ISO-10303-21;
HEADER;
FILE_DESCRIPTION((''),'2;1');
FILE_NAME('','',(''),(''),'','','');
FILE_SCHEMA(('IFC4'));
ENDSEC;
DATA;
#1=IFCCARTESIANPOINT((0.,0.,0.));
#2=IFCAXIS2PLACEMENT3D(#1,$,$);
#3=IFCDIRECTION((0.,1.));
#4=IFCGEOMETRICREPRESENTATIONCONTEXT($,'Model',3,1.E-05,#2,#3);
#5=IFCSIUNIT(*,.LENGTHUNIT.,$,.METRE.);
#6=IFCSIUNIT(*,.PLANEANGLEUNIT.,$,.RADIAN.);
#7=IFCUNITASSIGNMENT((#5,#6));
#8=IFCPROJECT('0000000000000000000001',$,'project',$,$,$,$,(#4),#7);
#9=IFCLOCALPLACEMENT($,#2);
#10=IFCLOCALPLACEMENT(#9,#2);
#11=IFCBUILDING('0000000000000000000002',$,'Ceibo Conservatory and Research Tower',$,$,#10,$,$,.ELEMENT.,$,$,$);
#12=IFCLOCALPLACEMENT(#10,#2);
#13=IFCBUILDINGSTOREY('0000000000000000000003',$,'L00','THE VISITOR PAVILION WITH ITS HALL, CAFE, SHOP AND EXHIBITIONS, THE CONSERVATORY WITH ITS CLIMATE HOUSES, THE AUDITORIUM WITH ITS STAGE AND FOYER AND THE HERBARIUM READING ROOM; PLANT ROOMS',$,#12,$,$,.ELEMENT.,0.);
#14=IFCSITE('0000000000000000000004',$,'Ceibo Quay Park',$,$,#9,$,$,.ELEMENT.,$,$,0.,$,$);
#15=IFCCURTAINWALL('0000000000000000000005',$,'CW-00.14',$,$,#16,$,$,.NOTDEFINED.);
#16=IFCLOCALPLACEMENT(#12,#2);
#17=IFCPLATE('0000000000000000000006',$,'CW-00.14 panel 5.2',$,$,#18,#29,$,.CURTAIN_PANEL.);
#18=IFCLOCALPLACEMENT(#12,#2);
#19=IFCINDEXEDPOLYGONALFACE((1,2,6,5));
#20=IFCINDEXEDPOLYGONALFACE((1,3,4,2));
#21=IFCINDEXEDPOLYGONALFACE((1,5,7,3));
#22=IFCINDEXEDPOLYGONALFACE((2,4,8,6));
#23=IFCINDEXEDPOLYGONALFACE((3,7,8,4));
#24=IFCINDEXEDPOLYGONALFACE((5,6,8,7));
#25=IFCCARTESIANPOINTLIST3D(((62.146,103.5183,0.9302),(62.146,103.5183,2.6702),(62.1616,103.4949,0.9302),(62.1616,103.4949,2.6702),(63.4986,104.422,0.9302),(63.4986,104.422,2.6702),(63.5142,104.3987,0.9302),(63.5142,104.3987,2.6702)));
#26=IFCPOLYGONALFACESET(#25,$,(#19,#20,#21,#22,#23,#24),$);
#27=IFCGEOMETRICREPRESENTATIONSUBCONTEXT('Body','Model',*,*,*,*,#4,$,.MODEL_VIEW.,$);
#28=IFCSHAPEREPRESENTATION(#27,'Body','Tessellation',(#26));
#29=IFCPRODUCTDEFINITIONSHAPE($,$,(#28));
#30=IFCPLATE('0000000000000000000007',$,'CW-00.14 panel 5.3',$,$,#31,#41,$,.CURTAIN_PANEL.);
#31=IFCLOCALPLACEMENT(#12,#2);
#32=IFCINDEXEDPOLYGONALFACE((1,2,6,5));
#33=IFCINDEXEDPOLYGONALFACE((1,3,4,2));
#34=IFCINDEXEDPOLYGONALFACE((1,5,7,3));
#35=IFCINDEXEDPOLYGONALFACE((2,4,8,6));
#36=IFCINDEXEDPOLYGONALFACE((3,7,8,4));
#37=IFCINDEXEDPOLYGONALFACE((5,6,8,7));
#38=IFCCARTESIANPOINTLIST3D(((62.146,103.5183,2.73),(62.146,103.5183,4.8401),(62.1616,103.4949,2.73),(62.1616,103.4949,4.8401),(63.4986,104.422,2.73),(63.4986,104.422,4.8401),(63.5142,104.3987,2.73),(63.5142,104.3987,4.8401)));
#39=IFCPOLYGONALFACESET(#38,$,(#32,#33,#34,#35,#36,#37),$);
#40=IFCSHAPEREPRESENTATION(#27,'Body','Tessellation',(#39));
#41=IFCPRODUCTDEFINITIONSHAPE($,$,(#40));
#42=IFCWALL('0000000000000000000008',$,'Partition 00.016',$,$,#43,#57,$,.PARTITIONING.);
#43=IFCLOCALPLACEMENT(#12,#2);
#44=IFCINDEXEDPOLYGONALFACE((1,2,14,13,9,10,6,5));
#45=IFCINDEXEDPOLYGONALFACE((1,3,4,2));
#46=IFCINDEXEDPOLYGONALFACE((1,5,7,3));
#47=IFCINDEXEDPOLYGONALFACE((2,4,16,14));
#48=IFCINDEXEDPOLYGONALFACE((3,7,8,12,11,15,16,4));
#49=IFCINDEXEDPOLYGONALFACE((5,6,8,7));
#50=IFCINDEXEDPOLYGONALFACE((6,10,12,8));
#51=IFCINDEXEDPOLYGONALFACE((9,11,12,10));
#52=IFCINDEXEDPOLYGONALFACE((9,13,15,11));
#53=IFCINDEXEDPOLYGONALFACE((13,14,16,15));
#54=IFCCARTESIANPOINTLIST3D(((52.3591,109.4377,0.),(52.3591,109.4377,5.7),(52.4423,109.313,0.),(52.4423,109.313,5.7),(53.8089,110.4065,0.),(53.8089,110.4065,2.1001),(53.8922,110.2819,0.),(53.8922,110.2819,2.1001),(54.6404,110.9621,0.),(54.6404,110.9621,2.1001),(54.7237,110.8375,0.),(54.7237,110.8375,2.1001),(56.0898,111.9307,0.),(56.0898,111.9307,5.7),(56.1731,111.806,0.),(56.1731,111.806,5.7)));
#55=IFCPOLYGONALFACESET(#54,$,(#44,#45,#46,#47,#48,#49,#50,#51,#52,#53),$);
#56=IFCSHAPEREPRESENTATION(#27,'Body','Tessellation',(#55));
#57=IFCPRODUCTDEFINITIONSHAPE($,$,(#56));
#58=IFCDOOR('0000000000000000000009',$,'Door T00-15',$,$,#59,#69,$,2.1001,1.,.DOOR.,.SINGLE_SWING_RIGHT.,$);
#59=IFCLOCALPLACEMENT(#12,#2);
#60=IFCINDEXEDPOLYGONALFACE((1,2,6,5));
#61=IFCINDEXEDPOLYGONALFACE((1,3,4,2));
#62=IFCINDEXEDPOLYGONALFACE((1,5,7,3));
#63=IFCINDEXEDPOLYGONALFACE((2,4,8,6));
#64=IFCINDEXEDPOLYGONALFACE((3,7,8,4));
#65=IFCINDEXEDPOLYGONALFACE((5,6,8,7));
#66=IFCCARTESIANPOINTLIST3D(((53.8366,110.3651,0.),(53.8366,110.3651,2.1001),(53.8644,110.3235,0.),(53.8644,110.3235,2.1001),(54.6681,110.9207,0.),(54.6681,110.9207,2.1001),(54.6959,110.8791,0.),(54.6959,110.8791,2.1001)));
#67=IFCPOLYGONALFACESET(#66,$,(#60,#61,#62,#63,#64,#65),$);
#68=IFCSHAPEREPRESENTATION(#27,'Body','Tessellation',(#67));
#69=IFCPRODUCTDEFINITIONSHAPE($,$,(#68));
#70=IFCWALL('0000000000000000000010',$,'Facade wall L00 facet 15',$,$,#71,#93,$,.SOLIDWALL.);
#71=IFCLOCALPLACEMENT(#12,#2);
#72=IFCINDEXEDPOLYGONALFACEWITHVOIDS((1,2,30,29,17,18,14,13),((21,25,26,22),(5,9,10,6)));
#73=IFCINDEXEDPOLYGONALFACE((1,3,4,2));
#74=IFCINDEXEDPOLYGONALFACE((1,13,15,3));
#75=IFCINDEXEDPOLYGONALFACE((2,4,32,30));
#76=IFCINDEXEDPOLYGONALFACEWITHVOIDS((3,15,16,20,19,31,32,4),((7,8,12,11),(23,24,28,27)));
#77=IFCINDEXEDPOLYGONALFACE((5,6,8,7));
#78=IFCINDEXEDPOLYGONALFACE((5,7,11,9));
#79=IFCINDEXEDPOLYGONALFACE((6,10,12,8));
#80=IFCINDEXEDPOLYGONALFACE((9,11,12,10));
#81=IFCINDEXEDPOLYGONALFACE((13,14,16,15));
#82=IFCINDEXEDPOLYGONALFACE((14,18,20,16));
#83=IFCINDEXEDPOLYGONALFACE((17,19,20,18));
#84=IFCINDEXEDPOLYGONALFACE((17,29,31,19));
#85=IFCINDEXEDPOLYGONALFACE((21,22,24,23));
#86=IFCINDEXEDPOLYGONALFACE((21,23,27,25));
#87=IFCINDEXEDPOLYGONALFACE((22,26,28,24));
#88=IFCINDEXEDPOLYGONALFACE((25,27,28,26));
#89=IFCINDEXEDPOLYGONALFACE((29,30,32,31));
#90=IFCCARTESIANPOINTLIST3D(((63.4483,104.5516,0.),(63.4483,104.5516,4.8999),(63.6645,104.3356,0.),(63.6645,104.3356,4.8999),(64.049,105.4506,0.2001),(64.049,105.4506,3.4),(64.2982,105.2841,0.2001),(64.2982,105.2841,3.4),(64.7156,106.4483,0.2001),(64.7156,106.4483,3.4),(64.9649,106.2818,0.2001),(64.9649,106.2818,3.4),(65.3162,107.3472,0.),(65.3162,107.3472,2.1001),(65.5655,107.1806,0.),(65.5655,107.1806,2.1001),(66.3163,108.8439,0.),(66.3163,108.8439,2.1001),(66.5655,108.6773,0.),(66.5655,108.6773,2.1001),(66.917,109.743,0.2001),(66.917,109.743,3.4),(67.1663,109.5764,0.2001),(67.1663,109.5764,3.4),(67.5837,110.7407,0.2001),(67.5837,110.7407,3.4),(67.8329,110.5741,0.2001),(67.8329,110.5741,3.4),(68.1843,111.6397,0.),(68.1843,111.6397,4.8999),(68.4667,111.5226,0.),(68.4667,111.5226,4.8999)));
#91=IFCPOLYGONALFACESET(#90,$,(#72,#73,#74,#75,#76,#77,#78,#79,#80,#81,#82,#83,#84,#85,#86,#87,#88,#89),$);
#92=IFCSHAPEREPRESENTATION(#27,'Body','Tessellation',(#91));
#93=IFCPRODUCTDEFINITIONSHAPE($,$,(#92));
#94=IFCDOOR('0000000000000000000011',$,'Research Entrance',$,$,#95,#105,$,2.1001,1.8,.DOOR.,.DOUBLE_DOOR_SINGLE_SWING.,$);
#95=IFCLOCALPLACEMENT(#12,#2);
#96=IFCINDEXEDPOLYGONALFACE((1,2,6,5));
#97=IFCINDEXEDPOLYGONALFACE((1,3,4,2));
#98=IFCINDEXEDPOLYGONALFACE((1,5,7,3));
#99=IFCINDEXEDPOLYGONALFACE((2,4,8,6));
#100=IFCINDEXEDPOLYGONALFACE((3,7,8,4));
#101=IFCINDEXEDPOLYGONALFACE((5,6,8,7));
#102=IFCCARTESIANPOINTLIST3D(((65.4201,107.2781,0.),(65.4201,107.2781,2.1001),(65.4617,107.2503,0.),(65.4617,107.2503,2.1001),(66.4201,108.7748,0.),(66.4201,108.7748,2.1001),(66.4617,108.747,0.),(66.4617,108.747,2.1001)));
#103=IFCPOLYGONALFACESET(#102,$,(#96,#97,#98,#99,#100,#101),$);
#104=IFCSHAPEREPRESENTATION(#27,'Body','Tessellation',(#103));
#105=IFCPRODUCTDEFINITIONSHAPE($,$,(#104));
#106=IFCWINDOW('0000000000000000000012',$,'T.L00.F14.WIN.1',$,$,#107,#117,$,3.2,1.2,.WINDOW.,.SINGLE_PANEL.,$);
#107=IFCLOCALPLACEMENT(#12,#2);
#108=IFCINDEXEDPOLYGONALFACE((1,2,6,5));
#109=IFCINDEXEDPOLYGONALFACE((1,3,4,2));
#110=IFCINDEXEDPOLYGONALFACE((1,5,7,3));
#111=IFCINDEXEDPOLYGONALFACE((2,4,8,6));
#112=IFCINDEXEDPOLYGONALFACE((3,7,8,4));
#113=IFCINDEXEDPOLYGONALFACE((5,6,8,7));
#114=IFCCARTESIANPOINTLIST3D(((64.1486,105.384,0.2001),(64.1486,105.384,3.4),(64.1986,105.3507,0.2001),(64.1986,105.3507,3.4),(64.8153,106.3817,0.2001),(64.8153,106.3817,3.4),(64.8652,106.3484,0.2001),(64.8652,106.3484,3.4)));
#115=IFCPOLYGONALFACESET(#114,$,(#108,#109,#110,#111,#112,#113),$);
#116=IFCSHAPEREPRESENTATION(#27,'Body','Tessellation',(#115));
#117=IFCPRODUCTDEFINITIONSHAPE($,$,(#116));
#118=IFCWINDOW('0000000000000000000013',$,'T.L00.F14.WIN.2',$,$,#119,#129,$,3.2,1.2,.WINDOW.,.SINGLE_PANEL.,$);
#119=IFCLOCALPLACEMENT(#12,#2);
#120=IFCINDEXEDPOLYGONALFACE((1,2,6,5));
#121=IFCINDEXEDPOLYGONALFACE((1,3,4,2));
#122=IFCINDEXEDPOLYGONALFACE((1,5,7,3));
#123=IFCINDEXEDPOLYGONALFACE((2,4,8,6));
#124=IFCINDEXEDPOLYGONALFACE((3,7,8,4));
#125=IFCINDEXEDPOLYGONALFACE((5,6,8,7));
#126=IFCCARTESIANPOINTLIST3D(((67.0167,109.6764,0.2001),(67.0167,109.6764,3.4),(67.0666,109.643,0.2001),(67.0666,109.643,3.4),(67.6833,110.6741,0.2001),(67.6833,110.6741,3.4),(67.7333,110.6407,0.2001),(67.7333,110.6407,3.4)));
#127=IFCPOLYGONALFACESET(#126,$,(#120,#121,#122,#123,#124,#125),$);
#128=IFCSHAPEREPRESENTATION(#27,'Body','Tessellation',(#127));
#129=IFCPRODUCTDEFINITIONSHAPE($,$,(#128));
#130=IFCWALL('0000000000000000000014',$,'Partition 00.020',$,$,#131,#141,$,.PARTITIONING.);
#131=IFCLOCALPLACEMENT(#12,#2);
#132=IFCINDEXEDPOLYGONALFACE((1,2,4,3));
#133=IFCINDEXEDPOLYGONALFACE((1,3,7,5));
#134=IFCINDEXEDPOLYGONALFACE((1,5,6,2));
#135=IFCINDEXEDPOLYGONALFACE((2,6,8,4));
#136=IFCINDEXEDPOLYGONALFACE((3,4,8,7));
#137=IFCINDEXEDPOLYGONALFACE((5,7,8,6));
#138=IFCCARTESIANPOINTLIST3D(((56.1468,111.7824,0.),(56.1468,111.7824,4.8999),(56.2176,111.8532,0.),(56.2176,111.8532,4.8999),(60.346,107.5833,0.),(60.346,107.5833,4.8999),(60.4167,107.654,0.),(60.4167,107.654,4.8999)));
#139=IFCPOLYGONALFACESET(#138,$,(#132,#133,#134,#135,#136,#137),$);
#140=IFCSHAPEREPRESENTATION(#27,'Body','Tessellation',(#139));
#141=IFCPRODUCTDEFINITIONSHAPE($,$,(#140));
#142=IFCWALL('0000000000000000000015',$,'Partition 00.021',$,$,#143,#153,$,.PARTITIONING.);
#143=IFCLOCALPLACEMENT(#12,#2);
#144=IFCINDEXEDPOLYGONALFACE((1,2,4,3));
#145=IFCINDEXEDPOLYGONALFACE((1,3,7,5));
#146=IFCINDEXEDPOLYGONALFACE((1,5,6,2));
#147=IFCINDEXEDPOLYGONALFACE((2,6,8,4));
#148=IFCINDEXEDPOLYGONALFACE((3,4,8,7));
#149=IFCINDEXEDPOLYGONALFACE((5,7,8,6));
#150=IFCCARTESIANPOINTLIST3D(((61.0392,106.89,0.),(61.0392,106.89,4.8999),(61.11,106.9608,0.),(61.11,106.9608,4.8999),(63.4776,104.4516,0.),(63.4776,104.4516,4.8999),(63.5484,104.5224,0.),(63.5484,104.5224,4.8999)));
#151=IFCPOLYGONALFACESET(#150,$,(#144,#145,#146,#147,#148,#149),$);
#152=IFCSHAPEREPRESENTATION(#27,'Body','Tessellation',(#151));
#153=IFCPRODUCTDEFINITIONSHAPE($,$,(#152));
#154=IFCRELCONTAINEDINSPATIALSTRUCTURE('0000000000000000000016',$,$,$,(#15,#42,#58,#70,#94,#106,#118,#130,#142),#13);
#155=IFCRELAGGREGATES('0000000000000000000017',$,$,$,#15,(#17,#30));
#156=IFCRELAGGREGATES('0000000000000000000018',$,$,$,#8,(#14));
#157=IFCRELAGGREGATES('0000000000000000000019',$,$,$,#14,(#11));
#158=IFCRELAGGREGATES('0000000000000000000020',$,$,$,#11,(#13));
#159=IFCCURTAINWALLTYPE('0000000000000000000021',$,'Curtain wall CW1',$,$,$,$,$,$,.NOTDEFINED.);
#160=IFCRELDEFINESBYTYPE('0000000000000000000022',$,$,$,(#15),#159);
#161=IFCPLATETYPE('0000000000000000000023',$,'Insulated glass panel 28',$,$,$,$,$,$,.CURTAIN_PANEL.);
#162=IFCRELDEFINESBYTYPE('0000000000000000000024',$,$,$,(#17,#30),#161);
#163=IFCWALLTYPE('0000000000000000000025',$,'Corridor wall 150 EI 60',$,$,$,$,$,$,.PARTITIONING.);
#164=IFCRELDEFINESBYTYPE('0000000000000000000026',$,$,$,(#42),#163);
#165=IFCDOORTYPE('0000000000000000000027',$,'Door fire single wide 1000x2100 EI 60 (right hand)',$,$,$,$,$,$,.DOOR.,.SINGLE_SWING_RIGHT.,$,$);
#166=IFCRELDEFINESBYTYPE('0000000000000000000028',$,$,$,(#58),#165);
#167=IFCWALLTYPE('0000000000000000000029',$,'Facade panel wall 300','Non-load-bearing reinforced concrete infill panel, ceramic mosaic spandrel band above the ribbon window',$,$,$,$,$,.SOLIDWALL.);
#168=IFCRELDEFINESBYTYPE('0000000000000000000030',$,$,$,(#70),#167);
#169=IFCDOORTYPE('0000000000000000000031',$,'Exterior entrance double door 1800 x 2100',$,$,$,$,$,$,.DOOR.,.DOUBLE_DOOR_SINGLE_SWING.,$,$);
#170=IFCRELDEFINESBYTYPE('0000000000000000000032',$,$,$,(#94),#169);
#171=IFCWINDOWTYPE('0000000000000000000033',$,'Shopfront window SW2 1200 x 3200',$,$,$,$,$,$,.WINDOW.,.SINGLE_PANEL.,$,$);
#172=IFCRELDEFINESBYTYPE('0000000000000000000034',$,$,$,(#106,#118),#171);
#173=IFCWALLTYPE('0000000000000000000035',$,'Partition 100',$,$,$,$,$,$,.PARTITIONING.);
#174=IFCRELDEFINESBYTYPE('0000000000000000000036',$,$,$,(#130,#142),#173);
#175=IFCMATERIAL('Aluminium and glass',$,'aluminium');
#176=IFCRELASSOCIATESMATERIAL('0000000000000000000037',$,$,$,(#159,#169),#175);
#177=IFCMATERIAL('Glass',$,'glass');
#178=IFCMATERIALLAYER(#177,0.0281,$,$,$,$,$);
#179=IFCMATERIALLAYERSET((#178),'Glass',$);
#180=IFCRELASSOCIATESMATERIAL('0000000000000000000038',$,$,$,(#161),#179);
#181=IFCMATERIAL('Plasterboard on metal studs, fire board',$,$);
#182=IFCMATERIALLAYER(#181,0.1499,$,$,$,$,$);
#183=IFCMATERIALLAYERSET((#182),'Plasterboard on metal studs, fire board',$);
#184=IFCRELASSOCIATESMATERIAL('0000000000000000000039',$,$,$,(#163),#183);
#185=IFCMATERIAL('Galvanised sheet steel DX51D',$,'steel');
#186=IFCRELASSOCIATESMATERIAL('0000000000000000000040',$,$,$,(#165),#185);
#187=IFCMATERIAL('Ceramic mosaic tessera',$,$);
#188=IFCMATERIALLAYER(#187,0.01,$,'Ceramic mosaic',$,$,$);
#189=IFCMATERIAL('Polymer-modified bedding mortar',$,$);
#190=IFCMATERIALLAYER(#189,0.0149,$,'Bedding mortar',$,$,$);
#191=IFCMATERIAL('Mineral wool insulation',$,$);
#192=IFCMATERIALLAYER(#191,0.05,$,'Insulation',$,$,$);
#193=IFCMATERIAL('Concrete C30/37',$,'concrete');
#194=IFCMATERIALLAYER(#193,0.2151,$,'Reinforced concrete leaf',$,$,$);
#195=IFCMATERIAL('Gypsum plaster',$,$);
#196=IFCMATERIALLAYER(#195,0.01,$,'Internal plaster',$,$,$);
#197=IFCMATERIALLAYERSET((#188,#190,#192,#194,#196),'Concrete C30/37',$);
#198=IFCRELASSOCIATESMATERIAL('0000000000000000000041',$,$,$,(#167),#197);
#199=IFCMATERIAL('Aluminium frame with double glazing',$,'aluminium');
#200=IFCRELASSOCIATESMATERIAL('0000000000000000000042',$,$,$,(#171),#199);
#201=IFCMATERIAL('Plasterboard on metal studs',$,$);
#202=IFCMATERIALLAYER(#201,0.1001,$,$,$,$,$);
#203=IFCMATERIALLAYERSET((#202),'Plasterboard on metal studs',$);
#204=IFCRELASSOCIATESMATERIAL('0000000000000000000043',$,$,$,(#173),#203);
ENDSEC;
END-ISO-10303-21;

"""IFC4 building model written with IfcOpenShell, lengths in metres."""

from ifc_helpers import new_model, si_unit, direction, frame, frame_2d, origin, origin_2d, place, context, subcontext, project, spatial, polyline, rectangle, outline, extrude, material, layer, layer_set, type_object, element, fill, aggregate, save


model = new_model("IFC4")

# Units and contexts
model_context = context("Model", 3, precision=1e-05, world=origin(), true_north=direction((0.0, 1.0)))
body_context = subcontext(model_context, "Body", "Model", "MODEL_VIEW")
ifc_project = project(units=[si_unit("LENGTHUNIT", "METRE"), si_unit("PLANEANGLEUNIT", "RADIAN")], contexts=[model_context])

# Site, building, storey
site_placement = place(None, origin())
site = spatial("IfcSite", under=ifc_project, at=site_placement, Name="Ceibo Quay Park", CompositionType="ELEMENT", RefElevation=0.0)
building_placement = place(site_placement, origin())
building = spatial("IfcBuilding", under=site, at=building_placement, Name="Ceibo Conservatory and Research Tower", CompositionType="ELEMENT")
storey_placement = place(building_placement, origin())
storey = spatial("IfcBuildingStorey", under=building, at=storey_placement, Name="L00", Description="THE VISITOR PAVILION WITH ITS HALL, CAFE, SHOP AND EXHIBITIONS, THE CONSERVATORY WITH ITS CLIMATE HOUSES, THE AUDITORIUM WITH ITS STAGE AND FOYER AND THE HERBARIUM READING ROOM; PLANT ROOMS", CompositionType="ELEMENT", Elevation=0.0)

# Curtain wall
ifc_material_1 = material(Name="Aluminium and glass", Category="aluminium")
curtain_wall_type = type_object("IfcCurtainWallType", Name="Curtain wall CW1", PredefinedType="NOTDEFINED", material=ifc_material_1)
curtain_wall_placement = place(storey_placement, origin())
curtain_wall = element("IfcCurtainWall", 1, at=curtain_wall_placement, inside=storey, type_object=curtain_wall_type, Name="CW-00.14", PredefinedType="NOTDEFINED")

# Plates
ifc_material_2 = material(Name="Glass", Category="glass")
ifc_layer_1 = layer(ifc_material_2, 0.0281)
ifc_layer_set_1 = layer_set([ifc_layer_1], Name="Glass")
plate_type = type_object("IfcPlateType", Name="Insulated glass panel 28", PredefinedType="CURTAIN_PANEL", material=ifc_layer_set_1)
plate_1_placement = place(storey_placement, frame((62.8301, 103.9585, 0.9302), z_axis=(0.0, 0.0, 1.0), x_axis=(0.83147, 0.55557, 0.0)))
plate_1 = element("IfcPlate", 2, at=plate_1_placement, type_object=plate_type, Name="CW-00.14 panel 5.2", PredefinedType="CURTAIN_PANEL", context=body_context, shape_type="SweptSolid", body=[
    extrude(rectangle(XDim=1.6267, YDim=0.0281, at=origin_2d()), origin(), (0.0, 0.0, 1.0), 1.74),
])
plate_2_placement = place(storey_placement, frame((62.8301, 103.9585, 2.73), z_axis=(0.0, 0.0, 1.0), x_axis=(0.83147, 0.55557, 0.0)))
plate_2 = element("IfcPlate", 3, at=plate_2_placement, type_object=plate_type, Name="CW-00.14 panel 5.3", PredefinedType="CURTAIN_PANEL", context=body_context, shape_type="SweptSolid", body=[
    extrude(rectangle(XDim=1.6267, YDim=0.0281, at=origin_2d()), origin(), (0.0, 0.0, 1.0), 2.1101),
])
aggregate(curtain_wall, [plate_1, plate_2])

# Wall, opening, door
ifc_material_3 = material(Name="Plasterboard on metal studs, fire board")
ifc_layer_2 = layer(ifc_material_3, 0.1499)
ifc_layer_set_2 = layer_set([ifc_layer_2], Name="Plasterboard on metal studs, fire board")
wall_type_1 = type_object("IfcWallType", Name="Corridor wall 150 EI 60", PredefinedType="PARTITIONING", material=ifc_layer_set_2)
wall_1_placement = place(storey_placement, frame((56.1316, 111.8684, 0.0), z_axis=(0.0, 0.0, 1.0), x_axis=(-0.831455, -0.555591, 0.0)))
wall_1 = element("IfcWall", 4, at=wall_1_placement, inside=storey, type_object=wall_type_1, Name="Partition 00.016", PredefinedType="PARTITIONING", context=body_context, shape_type="SweptSolid", body=[
    extrude(rectangle(XDim=4.4871, YDim=0.1499, at=frame_2d((2.2437, 0.0))), origin(), (0.0, 0.0, 1.0), 5.7),
])
opening_1_placement = place(wall_1_placement, frame((1.7434, 0.0, 0.0)))
opening_1 = element("IfcOpeningElement", 5, at=opening_1_placement, cuts=wall_1, PredefinedType="OPENING", context=body_context, shape_type="SweptSolid", body=[
    extrude(rectangle(XDim=1.0, YDim=2.1001, at=frame_2d((0.5, 1.05))), frame((0.0, 0.085, 0.0), z_axis=(0.0, -1.0, 0.0), x_axis=(1.0, 0.0, 0.0)), (0.0, 0.0, 1.0), 0.1699),
])
ifc_material_4 = material(Name="Galvanised sheet steel DX51D", Category="steel")
door_type_1 = type_object("IfcDoorType", Name="Door fire single wide 1000x2100 EI 60 (right hand)", OperationType="SINGLE_SWING_RIGHT", PredefinedType="DOOR", material=ifc_material_4)
door_1_placement = place(opening_1_placement, origin())
door_1 = element("IfcDoor", 6, at=door_1_placement, inside=storey, type_object=door_type_1, Name="Door T00-15", OperationType="SINGLE_SWING_RIGHT", OverallHeight=2.1001, OverallWidth=1.0, PredefinedType="DOOR", context=body_context, shape_type="SweptSolid", body=[
    extrude(rectangle(XDim=1.0, YDim=2.1001, at=frame_2d((0.5, 1.05))), frame((0.0, 0.0249, 0.0), z_axis=(0.0, -1.0, 0.0), x_axis=(1.0, 0.0, 0.0)), (0.0, 0.0, 1.0), 0.05),
])
fill(opening_1, door_1)

# Wall, openings, door, windows
ifc_material_5 = material(Name="Ceramic mosaic tessera")
ifc_layer_3 = layer(ifc_material_5, 0.01, Name="Ceramic mosaic")
ifc_material_6 = material(Name="Polymer-modified bedding mortar")
ifc_layer_4 = layer(ifc_material_6, 0.0149, Name="Bedding mortar")
ifc_material_7 = material(Name="Mineral wool insulation")
ifc_layer_5 = layer(ifc_material_7, 0.05, Name="Insulation")
ifc_material_8 = material(Name="Concrete C30/37", Category="concrete")
ifc_layer_6 = layer(ifc_material_8, 0.2151, Name="Reinforced concrete leaf")
ifc_material_9 = material(Name="Gypsum plaster")
ifc_layer_7 = layer(ifc_material_9, 0.01, Name="Internal plaster")
ifc_layer_set_3 = layer_set([ifc_layer_3, ifc_layer_4, ifc_layer_5, ifc_layer_6, ifc_layer_7], Name="Concrete C30/37")
wall_type_2 = type_object("IfcWallType", Name="Facade panel wall 300", Description="Non-load-bearing reinforced concrete infill panel, ceramic mosaic spandrel band above the ribbon window", PredefinedType="SOLIDWALL", material=ifc_layer_set_3)
wall_2_placement = place(storey_placement, frame((63.5564, 104.4436, 0.0), z_axis=(0.0, 0.0, 1.0), x_axis=(0.555566, 0.831472, 0.0)))
wall_2 = element("IfcWall", 7, at=wall_2_placement, inside=storey, type_object=wall_type_2, Name="Facade wall L00 facet 15", PredefinedType="SOLIDWALL", context=body_context, shape_type="SweptSolid", body=[
    extrude(outline(polyline([(-0.0298, -0.1499), (8.614, -0.1499), (8.5544, 0.1499), (0.0298, 0.1499), (-0.0298, -0.1499)])), origin(), (0.0, 0.0, 1.0), 4.8999),
])
opening_2_placement = place(wall_2_placement, frame((3.3921, 0.0, 0.0)))
opening_2 = element("IfcOpeningElement", 8, at=opening_2_placement, cuts=wall_2, PredefinedType="OPENING", context=body_context, shape_type="SweptSolid", body=[
    extrude(rectangle(XDim=1.8, YDim=2.1001, at=frame_2d((0.8999, 1.05))), frame((0.0, 0.1599, 0.0), z_axis=(0.0, -1.0, 0.0), x_axis=(1.0, 0.0, 0.0)), (0.0, 0.0, 1.0), 0.3201),
])
opening_3_placement = place(wall_2_placement, frame((1.1108, 0.0, 0.2)))
opening_3 = element("IfcOpeningElement", 9, at=opening_3_placement, cuts=wall_2, PredefinedType="OPENING", context=body_context, shape_type="SweptSolid", body=[
    extrude(rectangle(XDim=1.2, YDim=3.2, at=frame_2d((0.6001, 1.6001))), frame((0.0, 0.1599, 0.0), z_axis=(0.0, -1.0, 0.0), x_axis=(1.0, 0.0, 0.0)), (0.0, 0.0, 1.0), 0.3201),
])
opening_4_placement = place(wall_2_placement, frame((6.2732, 0.0, 0.2)))
opening_4 = element("IfcOpeningElement", 10, at=opening_4_placement, cuts=wall_2, PredefinedType="OPENING", context=body_context, shape_type="SweptSolid", body=[
    extrude(rectangle(XDim=1.2, YDim=3.2, at=frame_2d((0.6001, 1.6001))), frame((0.0, 0.1599, 0.0), z_axis=(0.0, -1.0, 0.0), x_axis=(1.0, 0.0, 0.0)), (0.0, 0.0, 1.0), 0.3201),
])
door_type_2 = type_object("IfcDoorType", Name="Exterior entrance double door 1800 x 2100", OperationType="DOUBLE_DOOR_SINGLE_SWING", PredefinedType="DOOR", material=ifc_material_1)
door_2_placement = place(opening_2_placement, frame((1.8, 0.0, 0.0), z_axis=(0.0, 0.0, 1.0), x_axis=(-1.0, 0.0, 0.0)))
door_2 = element("IfcDoor", 11, at=door_2_placement, inside=storey, type_object=door_type_2, Name="Research Entrance", OperationType="DOUBLE_DOOR_SINGLE_SWING", OverallHeight=2.1001, OverallWidth=1.8, PredefinedType="DOOR", context=body_context, shape_type="SweptSolid", body=[
    extrude(rectangle(XDim=1.8, YDim=2.1001, at=frame_2d((0.8999, 1.05))), frame((0.0, 0.0249, 0.0), z_axis=(0.0, -1.0, 0.0), x_axis=(1.0, 0.0, 0.0)), (0.0, 0.0, 1.0), 0.05),
])
fill(opening_2, door_2)
ifc_material_10 = material(Name="Aluminium frame with double glazing", Category="aluminium")
window_type = type_object("IfcWindowType", Name="Shopfront window SW2 1200 x 3200", PartitioningType="SINGLE_PANEL", PredefinedType="WINDOW", material=ifc_material_10)
window_1_placement = place(opening_3_placement, origin())
window_1 = element("IfcWindow", 12, at=window_1_placement, inside=storey, type_object=window_type, Name="T.L00.F14.WIN.1", OverallHeight=3.2, OverallWidth=1.2, PartitioningType="SINGLE_PANEL", PredefinedType="WINDOW", context=body_context, shape_type="SweptSolid", body=[
    extrude(rectangle(XDim=1.2, YDim=3.2, at=frame_2d((0.6001, 1.6001))), frame((0.0, 0.03, 0.0), z_axis=(0.0, -1.0, 0.0), x_axis=(1.0, 0.0, 0.0)), (0.0, 0.0, 1.0), 0.0601),
])
fill(opening_3, window_1)
window_2_placement = place(opening_4_placement, origin())
window_2 = element("IfcWindow", 13, at=window_2_placement, inside=storey, type_object=window_type, Name="T.L00.F14.WIN.2", OverallHeight=3.2, OverallWidth=1.2, PartitioningType="SINGLE_PANEL", PredefinedType="WINDOW", context=body_context, shape_type="SweptSolid", body=[
    extrude(rectangle(XDim=1.2, YDim=3.2, at=frame_2d((0.6001, 1.6001))), frame((0.0, 0.03, 0.0), z_axis=(0.0, -1.0, 0.0), x_axis=(1.0, 0.0, 0.0)), (0.0, 0.0, 1.0), 0.0601),
])
fill(opening_4, window_2)

# Walls
ifc_material_11 = material(Name="Plasterboard on metal studs")
ifc_layer_8 = layer(ifc_material_11, 0.1001)
ifc_layer_set_4 = layer_set([ifc_layer_8], Name="Plasterboard on metal studs")
wall_type_3 = type_object("IfcWallType", Name="Partition 100", PredefinedType="PARTITIONING", material=ifc_layer_set_4)
wall_3_placement = place(storey_placement, frame((60.3813, 107.6187, 0.0), z_axis=(0.0, 0.0, 1.0), x_axis=(-0.707107, 0.707107, 0.0)))
element("IfcWall", 14, at=wall_3_placement, inside=storey, type_object=wall_type_3, Name="Partition 00.020", PredefinedType="PARTITIONING", context=body_context, shape_type="SweptSolid", body=[
    extrude(rectangle(XDim=5.9385, YDim=0.1001, at=frame_2d((2.9692, 0.0))), origin(), (0.0, 0.0, 1.0), 4.8999),
])
wall_4_placement = place(storey_placement, frame((63.5129, 104.4871, 0.0), z_axis=(0.0, 0.0, 1.0), x_axis=(-0.707107, 0.707107, 0.0)))
element("IfcWall", 15, at=wall_4_placement, inside=storey, type_object=wall_type_3, Name="Partition 00.021", PredefinedType="PARTITIONING", context=body_context, shape_type="SweptSolid", body=[
    extrude(rectangle(XDim=3.4485, YDim=0.1001, at=frame_2d((1.7241, 0.0))), origin(), (0.0, 0.0, 1.0), 4.8999),
])

save(model, "model.ifc")
